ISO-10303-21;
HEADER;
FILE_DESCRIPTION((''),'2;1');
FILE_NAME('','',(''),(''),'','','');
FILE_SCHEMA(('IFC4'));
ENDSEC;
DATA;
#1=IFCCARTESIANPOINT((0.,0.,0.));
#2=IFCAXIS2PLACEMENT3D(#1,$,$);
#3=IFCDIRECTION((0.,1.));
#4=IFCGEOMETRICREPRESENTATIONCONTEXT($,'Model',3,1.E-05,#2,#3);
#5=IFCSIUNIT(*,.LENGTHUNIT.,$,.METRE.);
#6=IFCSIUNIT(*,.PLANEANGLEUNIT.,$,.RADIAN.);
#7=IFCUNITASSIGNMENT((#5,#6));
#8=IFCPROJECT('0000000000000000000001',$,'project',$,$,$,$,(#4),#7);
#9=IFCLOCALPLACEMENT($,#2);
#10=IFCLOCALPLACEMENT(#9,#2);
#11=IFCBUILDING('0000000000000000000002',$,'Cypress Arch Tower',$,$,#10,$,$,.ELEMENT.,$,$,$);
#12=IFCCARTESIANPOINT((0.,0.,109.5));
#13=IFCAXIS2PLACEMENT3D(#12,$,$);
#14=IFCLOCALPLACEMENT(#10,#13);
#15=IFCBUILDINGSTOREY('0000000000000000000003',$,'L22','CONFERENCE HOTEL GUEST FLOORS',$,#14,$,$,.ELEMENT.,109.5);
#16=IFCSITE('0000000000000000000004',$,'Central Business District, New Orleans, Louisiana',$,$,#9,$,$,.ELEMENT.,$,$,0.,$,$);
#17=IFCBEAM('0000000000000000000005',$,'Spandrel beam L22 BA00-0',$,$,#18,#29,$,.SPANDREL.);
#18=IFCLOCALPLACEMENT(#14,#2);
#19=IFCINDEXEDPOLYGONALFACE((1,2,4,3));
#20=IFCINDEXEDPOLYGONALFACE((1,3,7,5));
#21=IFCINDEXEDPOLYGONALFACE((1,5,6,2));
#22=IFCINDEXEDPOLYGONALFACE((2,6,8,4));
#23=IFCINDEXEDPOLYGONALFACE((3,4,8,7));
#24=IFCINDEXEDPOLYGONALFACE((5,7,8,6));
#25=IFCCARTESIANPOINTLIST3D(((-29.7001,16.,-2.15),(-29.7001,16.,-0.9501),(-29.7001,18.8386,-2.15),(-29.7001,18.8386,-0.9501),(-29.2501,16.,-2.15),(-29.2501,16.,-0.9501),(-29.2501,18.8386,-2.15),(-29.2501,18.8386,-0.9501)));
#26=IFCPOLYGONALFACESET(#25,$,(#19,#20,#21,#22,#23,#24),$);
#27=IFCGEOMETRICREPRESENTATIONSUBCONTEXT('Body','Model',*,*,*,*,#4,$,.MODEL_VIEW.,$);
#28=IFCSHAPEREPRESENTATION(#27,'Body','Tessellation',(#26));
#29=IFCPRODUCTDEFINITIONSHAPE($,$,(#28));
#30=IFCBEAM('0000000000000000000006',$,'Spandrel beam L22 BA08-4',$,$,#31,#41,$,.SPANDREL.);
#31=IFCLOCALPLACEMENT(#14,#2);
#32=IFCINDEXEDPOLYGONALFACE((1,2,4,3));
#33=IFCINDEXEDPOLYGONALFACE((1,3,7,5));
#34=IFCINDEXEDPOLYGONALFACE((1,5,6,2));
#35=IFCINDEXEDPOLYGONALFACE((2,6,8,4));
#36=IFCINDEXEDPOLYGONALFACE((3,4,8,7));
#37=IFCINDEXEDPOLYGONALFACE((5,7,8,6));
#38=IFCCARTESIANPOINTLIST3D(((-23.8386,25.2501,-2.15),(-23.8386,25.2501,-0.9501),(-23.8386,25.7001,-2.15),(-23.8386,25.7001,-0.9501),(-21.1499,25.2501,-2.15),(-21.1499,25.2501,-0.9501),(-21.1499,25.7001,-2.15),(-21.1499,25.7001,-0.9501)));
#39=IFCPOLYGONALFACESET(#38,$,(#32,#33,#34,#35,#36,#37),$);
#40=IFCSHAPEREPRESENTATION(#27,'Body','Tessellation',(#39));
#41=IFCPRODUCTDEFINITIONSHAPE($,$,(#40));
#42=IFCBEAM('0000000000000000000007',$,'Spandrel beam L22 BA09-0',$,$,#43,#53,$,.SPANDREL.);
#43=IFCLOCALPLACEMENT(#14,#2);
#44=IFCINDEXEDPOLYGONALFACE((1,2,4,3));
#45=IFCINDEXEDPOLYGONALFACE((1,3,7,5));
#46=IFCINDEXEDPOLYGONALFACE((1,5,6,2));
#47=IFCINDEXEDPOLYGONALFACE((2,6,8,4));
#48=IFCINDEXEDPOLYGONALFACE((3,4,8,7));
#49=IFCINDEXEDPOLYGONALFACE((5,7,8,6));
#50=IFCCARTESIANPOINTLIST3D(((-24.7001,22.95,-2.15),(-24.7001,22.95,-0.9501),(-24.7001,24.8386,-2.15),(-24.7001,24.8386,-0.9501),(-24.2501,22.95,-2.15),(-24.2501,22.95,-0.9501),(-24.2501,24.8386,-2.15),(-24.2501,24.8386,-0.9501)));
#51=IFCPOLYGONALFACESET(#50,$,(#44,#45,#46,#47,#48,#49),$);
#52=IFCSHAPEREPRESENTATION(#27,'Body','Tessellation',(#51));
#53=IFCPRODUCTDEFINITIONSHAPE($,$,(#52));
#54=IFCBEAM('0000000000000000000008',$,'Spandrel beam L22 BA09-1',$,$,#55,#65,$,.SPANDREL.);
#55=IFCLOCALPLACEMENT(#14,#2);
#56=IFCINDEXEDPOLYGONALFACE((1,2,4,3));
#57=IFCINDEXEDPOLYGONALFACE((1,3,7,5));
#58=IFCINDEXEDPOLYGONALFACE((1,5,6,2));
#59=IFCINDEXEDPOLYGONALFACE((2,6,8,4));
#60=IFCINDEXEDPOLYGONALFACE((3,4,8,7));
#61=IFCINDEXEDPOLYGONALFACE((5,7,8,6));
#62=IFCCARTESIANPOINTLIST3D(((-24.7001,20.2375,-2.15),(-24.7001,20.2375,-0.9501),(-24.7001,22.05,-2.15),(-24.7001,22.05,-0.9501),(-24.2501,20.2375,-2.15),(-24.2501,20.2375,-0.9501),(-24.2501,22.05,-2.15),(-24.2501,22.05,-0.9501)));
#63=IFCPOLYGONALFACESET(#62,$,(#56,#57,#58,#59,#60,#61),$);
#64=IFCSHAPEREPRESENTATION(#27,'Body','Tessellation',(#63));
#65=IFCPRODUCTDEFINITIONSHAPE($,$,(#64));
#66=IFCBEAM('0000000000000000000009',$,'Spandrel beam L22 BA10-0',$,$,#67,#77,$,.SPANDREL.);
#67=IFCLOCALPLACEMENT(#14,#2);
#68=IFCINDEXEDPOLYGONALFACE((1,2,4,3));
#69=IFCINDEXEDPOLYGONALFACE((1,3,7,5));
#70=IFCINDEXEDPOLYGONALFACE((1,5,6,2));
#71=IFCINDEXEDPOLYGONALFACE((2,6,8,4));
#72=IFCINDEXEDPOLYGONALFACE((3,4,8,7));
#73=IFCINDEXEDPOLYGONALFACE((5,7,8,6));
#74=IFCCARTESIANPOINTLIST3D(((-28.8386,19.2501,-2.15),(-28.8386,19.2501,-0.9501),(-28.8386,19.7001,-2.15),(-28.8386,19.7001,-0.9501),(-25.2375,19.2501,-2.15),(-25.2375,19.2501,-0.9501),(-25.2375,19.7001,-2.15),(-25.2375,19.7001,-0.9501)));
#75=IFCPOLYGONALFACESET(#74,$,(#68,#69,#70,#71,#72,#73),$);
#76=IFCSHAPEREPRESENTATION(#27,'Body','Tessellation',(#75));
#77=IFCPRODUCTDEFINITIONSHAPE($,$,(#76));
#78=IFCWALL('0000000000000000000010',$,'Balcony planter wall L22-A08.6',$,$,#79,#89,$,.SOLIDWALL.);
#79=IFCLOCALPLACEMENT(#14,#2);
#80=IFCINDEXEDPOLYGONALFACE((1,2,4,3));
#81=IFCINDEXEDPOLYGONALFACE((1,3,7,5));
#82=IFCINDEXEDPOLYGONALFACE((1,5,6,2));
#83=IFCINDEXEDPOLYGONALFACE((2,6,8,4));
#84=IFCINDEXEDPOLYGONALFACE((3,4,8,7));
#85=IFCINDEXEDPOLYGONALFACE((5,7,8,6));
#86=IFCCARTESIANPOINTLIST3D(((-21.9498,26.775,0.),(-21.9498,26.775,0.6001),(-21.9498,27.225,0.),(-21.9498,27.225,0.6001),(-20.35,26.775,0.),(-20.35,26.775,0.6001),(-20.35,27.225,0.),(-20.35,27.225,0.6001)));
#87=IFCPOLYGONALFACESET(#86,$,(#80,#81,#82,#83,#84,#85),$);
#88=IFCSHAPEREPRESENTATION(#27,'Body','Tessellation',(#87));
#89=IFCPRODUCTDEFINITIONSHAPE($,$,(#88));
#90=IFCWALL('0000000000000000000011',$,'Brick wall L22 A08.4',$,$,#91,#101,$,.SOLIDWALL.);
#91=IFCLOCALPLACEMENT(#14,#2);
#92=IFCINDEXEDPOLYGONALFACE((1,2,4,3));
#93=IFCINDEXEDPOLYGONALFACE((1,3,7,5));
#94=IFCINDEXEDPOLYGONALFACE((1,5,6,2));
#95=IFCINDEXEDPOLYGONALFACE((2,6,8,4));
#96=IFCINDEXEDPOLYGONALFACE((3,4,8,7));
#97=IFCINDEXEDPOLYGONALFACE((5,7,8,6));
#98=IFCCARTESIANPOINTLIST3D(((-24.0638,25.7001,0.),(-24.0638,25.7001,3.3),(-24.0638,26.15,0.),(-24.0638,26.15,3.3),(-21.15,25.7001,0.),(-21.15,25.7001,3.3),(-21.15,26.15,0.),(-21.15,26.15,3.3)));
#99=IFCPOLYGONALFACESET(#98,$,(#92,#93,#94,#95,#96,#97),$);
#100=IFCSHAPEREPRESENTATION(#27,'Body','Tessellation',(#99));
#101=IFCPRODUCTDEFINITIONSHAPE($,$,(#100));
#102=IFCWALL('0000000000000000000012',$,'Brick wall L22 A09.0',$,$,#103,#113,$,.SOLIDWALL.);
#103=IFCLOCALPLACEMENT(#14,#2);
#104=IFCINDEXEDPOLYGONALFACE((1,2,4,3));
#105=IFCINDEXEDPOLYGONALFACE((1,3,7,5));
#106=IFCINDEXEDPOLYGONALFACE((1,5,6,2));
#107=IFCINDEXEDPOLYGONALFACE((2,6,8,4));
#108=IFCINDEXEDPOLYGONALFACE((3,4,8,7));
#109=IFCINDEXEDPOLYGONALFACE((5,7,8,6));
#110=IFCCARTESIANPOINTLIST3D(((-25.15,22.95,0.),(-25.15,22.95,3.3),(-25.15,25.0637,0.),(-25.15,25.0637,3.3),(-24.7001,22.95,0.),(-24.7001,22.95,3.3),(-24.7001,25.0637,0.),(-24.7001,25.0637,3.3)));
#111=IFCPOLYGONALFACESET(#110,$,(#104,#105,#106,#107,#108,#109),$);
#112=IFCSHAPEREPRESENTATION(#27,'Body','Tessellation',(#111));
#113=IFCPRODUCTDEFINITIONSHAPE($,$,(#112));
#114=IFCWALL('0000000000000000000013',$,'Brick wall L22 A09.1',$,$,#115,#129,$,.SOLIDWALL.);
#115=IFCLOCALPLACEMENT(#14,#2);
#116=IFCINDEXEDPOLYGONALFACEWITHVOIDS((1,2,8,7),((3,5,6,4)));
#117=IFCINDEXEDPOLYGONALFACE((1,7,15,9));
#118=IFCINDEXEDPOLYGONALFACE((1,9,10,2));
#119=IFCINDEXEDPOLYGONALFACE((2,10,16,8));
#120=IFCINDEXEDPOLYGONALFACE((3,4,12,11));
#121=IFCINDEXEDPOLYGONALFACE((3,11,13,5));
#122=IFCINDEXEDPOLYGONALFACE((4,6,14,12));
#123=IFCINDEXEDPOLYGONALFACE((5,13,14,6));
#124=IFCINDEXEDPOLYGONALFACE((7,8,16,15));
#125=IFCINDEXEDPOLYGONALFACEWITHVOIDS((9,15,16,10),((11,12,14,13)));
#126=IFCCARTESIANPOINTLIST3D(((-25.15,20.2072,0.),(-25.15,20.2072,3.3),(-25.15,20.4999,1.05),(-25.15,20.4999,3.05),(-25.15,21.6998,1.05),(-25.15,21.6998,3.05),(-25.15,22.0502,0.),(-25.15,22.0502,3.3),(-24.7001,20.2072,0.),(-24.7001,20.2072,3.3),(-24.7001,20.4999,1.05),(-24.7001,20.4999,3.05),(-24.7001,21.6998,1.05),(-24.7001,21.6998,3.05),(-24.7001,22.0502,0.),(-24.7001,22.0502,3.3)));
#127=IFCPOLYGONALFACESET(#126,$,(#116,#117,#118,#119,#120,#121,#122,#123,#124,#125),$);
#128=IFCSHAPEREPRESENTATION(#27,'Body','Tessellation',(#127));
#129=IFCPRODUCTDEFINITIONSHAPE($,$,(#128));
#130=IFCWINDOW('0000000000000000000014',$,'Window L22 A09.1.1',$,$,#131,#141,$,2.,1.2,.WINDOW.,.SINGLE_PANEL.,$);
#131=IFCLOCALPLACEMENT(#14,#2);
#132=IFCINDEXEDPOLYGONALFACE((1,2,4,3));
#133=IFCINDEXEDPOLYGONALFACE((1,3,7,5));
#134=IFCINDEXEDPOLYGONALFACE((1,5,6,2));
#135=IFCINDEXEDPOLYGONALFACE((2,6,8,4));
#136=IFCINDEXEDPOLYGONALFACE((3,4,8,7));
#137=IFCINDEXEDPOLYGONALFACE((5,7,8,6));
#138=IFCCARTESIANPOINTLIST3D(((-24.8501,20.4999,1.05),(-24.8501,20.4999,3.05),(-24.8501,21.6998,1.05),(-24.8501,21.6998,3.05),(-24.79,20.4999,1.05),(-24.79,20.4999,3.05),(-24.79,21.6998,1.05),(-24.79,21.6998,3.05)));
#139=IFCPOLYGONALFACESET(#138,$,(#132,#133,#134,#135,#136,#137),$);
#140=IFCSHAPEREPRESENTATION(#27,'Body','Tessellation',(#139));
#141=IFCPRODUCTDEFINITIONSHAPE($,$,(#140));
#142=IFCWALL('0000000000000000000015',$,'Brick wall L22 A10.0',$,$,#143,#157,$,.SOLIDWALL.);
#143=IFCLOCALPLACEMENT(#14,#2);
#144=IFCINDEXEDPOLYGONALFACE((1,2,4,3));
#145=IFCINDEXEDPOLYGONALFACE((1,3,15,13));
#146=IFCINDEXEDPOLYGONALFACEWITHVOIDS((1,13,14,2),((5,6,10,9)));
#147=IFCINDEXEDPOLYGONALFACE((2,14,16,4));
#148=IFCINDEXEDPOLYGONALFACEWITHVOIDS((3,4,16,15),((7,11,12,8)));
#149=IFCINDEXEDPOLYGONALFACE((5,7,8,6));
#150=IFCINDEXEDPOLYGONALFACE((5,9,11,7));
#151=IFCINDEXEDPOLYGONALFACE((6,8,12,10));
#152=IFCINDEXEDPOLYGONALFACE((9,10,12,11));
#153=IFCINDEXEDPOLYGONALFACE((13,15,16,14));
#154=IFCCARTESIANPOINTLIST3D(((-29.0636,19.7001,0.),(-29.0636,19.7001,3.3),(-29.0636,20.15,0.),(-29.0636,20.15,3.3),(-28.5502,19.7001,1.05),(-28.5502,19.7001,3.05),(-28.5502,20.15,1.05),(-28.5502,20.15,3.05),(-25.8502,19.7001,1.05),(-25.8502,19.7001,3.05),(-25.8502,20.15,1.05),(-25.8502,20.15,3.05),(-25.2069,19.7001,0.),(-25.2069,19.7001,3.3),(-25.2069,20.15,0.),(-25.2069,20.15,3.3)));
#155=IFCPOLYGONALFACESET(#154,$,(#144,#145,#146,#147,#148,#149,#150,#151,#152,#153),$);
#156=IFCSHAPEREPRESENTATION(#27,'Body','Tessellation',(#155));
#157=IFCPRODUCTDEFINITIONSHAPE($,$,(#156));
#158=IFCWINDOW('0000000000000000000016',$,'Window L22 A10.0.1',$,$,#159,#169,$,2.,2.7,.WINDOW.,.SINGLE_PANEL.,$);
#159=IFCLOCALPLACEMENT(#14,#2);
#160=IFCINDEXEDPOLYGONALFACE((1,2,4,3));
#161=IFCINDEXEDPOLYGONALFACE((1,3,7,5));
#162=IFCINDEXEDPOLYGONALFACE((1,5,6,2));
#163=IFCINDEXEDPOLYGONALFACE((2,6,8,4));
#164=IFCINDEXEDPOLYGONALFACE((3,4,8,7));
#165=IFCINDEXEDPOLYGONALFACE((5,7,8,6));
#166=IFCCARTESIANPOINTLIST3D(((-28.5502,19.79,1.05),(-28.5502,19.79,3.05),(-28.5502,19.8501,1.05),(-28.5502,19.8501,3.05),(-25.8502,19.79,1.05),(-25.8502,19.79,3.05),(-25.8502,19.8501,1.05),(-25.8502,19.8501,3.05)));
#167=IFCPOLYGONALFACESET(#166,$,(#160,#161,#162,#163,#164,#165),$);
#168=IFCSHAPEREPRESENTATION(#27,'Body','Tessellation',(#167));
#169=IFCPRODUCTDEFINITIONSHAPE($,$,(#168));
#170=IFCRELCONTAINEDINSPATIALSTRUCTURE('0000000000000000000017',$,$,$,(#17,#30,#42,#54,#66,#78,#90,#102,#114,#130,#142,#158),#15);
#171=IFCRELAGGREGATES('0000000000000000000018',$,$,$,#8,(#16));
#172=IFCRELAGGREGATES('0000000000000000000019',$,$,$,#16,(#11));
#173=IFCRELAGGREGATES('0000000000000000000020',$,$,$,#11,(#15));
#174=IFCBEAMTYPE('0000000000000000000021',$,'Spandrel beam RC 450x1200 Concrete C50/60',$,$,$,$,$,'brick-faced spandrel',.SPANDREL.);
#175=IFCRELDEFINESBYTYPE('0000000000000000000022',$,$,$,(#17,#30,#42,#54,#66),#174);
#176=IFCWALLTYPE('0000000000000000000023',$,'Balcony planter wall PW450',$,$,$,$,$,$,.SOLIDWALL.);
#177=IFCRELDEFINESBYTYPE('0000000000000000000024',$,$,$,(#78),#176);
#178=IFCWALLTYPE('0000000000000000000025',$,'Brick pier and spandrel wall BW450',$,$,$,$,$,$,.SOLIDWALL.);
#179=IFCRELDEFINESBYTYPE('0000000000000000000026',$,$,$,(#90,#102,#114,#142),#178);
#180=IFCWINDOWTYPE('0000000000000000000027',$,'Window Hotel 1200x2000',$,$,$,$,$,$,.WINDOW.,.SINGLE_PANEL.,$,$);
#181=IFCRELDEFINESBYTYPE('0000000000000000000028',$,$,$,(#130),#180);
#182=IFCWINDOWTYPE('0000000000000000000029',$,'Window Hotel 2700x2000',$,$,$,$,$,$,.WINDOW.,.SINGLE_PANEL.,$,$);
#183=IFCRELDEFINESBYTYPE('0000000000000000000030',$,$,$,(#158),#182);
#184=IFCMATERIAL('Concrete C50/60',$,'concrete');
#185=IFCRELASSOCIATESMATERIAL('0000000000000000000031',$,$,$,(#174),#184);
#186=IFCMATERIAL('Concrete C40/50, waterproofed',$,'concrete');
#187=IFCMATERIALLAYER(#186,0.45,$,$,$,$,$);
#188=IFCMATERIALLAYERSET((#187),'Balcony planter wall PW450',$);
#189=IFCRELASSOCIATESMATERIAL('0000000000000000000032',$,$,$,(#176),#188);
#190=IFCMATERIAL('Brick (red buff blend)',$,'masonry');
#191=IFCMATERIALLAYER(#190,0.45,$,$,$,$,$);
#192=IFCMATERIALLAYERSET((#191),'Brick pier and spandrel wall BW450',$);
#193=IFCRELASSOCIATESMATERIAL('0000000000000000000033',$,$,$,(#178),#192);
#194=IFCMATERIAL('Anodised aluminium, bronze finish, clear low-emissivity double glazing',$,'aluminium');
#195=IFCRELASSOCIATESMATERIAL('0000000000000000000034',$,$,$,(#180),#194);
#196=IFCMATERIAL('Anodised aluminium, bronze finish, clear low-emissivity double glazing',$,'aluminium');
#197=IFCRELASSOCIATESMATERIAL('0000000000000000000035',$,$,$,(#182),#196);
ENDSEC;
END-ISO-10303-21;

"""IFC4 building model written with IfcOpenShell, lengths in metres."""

from ifc_helpers import new_model, si_unit, direction, frame, frame_2d, origin, origin_2d, place, context, subcontext, project, spatial, rectangle, extrude, material, layer, layer_set, material_profile, profile_set, type_object, element, fill, save


model = new_model("IFC4")

# Units and contexts
model_context = context("Model", 3, precision=1e-05, world=origin(), true_north=direction((0.0, 1.0)))
body_context = subcontext(model_context, "Body", "Model", "MODEL_VIEW")
ifc_project = project(units=[si_unit("LENGTHUNIT", "METRE"), si_unit("PLANEANGLEUNIT", "RADIAN")], contexts=[model_context])

# Site, building, storey
site_placement = place(None, origin())
site = spatial("IfcSite", under=ifc_project, at=site_placement, Name="Central Business District, New Orleans, Louisiana", CompositionType="ELEMENT", RefElevation=0.0)
building_placement = place(site_placement, origin())
building = spatial("IfcBuilding", under=site, at=building_placement, Name="Cypress Arch Tower", CompositionType="ELEMENT")
storey_placement = place(building_placement, frame((0.0, 0.0, 109.5)))
storey = spatial("IfcBuildingStorey", under=building, at=storey_placement, Name="L22", Description="CONFERENCE HOTEL GUEST FLOORS", CompositionType="ELEMENT", Elevation=109.5)

# Beams
ifc_material_1 = material(Name="Concrete C50/60", Category="concrete")
ifc_material_profile_1 = material_profile(ifc_material_1, rectangle(XDim=0.45, YDim=1.2, at=origin_2d()), Name="RC 450x1200")
ifc_profile_set_1 = profile_set([ifc_material_profile_1], Name="Concrete C50/60")
beam_type_1 = type_object("IfcBeamType", Name="Spandrel beam RC 450x1200 Concrete C50/60", ElementType="brick-faced spandrel", PredefinedType="SPANDREL", material=ifc_profile_set_1)
beam_1_placement = place(storey_placement, frame((-29.4751, 18.8386, -1.55), z_axis=(0.0, -1.0, 0.0), x_axis=(1.0, 0.0, 0.0)))
element("IfcBeam", 1, at=beam_1_placement, inside=storey, type_object=beam_type_1, Name="Spandrel beam L22 BA00-0", PredefinedType="SPANDREL", context=body_context, shape_type="SweptSolid", body=[
    extrude(rectangle(XDim=0.45, YDim=1.2, at=origin_2d()), origin(), (0.0, 0.0, 1.0), 2.8386),
])
beam_2_placement = place(storey_placement, frame((-21.1499, 25.4751, -1.55), z_axis=(-1.0, 0.0, 0.0), x_axis=(0.0, -1.0, 0.0)))
element("IfcBeam", 2, at=beam_2_placement, inside=storey, type_object=beam_type_1, Name="Spandrel beam L22 BA08-4", PredefinedType="SPANDREL", context=body_context, shape_type="SweptSolid", body=[
    extrude(rectangle(XDim=0.45, YDim=1.2, at=origin_2d()), origin(), (0.0, 0.0, 1.0), 2.6887),
])
beam_3_placement = place(storey_placement, frame((-24.4751, 24.8386, -1.55), z_axis=(0.0, -1.0, 0.0), x_axis=(1.0, 0.0, 0.0)))
element("IfcBeam", 3, at=beam_3_placement, inside=storey, type_object=beam_type_1, Name="Spandrel beam L22 BA09-0", PredefinedType="SPANDREL", context=body_context, shape_type="SweptSolid", body=[
    extrude(rectangle(XDim=0.45, YDim=1.2, at=origin_2d()), origin(), (0.0, 0.0, 1.0), 1.8887),
])
beam_4_placement = place(storey_placement, frame((-24.4751, 22.05, -1.55), z_axis=(0.0, -1.0, 0.0), x_axis=(1.0, 0.0, 0.0)))
element("IfcBeam", 4, at=beam_4_placement, inside=storey, type_object=beam_type_1, Name="Spandrel beam L22 BA09-1", PredefinedType="SPANDREL", context=body_context, shape_type="SweptSolid", body=[
    extrude(rectangle(XDim=0.45, YDim=1.2, at=origin_2d()), origin(), (0.0, 0.0, 1.0), 1.8125),
])
beam_5_placement = place(storey_placement, frame((-25.2375, 19.4751, -1.55), z_axis=(-1.0, 0.0, 0.0), x_axis=(0.0, -1.0, 0.0)))
element("IfcBeam", 5, at=beam_5_placement, inside=storey, type_object=beam_type_1, Name="Spandrel beam L22 BA10-0", PredefinedType="SPANDREL", context=body_context, shape_type="SweptSolid", body=[
    extrude(rectangle(XDim=0.45, YDim=1.2, at=origin_2d()), origin(), (0.0, 0.0, 1.0), 3.6011),
])

# Wall
ifc_material_2 = material(Name="Concrete C40/50, waterproofed", Category="concrete")
ifc_layer_1 = layer(ifc_material_2, 0.45)
ifc_layer_set_1 = layer_set([ifc_layer_1], Name="Balcony planter wall PW450")
wall_type_1 = type_object("IfcWallType", Name="Balcony planter wall PW450", PredefinedType="SOLIDWALL", material=ifc_layer_set_1)
wall_1_placement = place(storey_placement, frame((-20.3501, 27.0, 0.0), z_axis=(0.0, 0.0, 1.0), x_axis=(-1.0, 0.0, 0.0)))
element("IfcWall", 6, at=wall_1_placement, inside=storey, type_object=wall_type_1, Name="Balcony planter wall L22-A08.6", PredefinedType="SOLIDWALL", context=body_context, shape_type="SweptSolid", body=[
    extrude(rectangle(XDim=1.5999, YDim=0.45, at=frame_2d((0.7998, 0.0))), origin(), (0.0, 0.0, 1.0), 0.6001),
])

# Shared definitions
ifc_material_3 = material(Name="Brick (red buff blend)", Category="masonry")
ifc_layer_2 = layer(ifc_material_3, 0.45)
ifc_layer_set_2 = layer_set([ifc_layer_2], Name="Brick pier and spandrel wall BW450")
wall_type_2 = type_object("IfcWallType", Name="Brick pier and spandrel wall BW450", PredefinedType="SOLIDWALL", material=ifc_layer_set_2)

# Walls
wall_2_placement = place(storey_placement, frame((-21.1499, 25.925, 0.0), z_axis=(0.0, 0.0, 1.0), x_axis=(-1.0, 0.0, 0.0)))
element("IfcWall", 7, at=wall_2_placement, inside=storey, type_object=wall_type_2, Name="Brick wall L22 A08.4", PredefinedType="SOLIDWALL", context=body_context, shape_type="SweptSolid", body=[
    extrude(rectangle(XDim=2.9138, YDim=0.45, at=frame_2d((1.457, 0.0))), origin(), (0.0, 0.0, 1.0), 3.3),
])
wall_3_placement = place(storey_placement, frame((-24.925, 25.0637, 0.0), z_axis=(0.0, 0.0, 1.0), x_axis=(0.0, -1.0, 0.0)))
element("IfcWall", 8, at=wall_3_placement, inside=storey, type_object=wall_type_2, Name="Brick wall L22 A09.0", PredefinedType="SOLIDWALL", context=body_context, shape_type="SweptSolid", body=[
    extrude(rectangle(XDim=2.1138, YDim=0.45, at=frame_2d((1.0569, 0.0))), origin(), (0.0, 0.0, 1.0), 3.3),
])

# Walls, openings, windows
wall_4_placement = place(storey_placement, frame((-24.925, 22.05, 0.0), z_axis=(0.0, 0.0, 1.0), x_axis=(0.0, -1.0, 0.0)))
wall_4 = element("IfcWall", 9, at=wall_4_placement, inside=storey, type_object=wall_type_2, Name="Brick wall L22 A09.1", PredefinedType="SOLIDWALL", context=body_context, shape_type="SweptSolid", body=[
    extrude(rectangle(XDim=1.843, YDim=0.45, at=frame_2d((0.9214, 0.0))), origin(), (0.0, 0.0, 1.0), 3.3),
])
opening_1_placement = place(wall_4_placement, frame((0.3501, 0.0, 1.05)))
opening_1 = element("IfcOpeningElement", 10, at=opening_1_placement, cuts=wall_4, PredefinedType="OPENING", context=body_context, shape_type="SweptSolid", body=[
    extrude(rectangle(XDim=1.2, YDim=2.0, at=frame_2d((0.6001, 1.0))), frame((0.0, 0.2349, 0.0), z_axis=(0.0, -1.0, 0.0), x_axis=(1.0, 0.0, 0.0)), (0.0, 0.0, 1.0), 0.47),
])
ifc_material_4 = material(Name="Anodised aluminium, bronze finish, clear low-emissivity double glazing", Category="aluminium")
window_type_1 = type_object("IfcWindowType", Name="Window Hotel 1200x2000", PartitioningType="SINGLE_PANEL", PredefinedType="WINDOW", material=ifc_material_4)
window_1_placement = place(opening_1_placement, origin())
window_1 = element("IfcWindow", 11, at=window_1_placement, inside=storey, type_object=window_type_1, Name="Window L22 A09.1.1", OverallHeight=2.0, OverallWidth=1.2, PartitioningType="SINGLE_PANEL", PredefinedType="WINDOW", context=body_context, shape_type="SweptSolid", body=[
    extrude(rectangle(XDim=1.2, YDim=2.0, at=frame_2d((0.6001, 1.0))), frame((0.0, 0.135, 0.0), z_axis=(0.0, -1.0, 0.0), x_axis=(1.0, 0.0, 0.0)), (0.0, 0.0, 1.0), 0.0601),
])
fill(opening_1, window_1)
wall_5_placement = place(storey_placement, frame((-25.207, 19.925, 0.0), z_axis=(0.0, 0.0, 1.0), x_axis=(-1.0, 0.0, 0.0)))
wall_5 = element("IfcWall", 12, at=wall_5_placement, inside=storey, type_object=wall_type_2, Name="Brick wall L22 A10.0", PredefinedType="SOLIDWALL", context=body_context, shape_type="SweptSolid", body=[
    extrude(rectangle(XDim=3.8567, YDim=0.45, at=frame_2d((1.9282, 0.0))), origin(), (0.0, 0.0, 1.0), 3.3),
])
opening_2_placement = place(wall_5_placement, frame((0.6431, 0.0, 1.05)))
opening_2 = element("IfcOpeningElement", 13, at=opening_2_placement, cuts=wall_5, PredefinedType="OPENING", context=body_context, shape_type="SweptSolid", body=[
    extrude(rectangle(XDim=2.7, YDim=2.0, at=frame_2d((1.3501, 1.0))), frame((0.0, 0.2349, 0.0), z_axis=(0.0, -1.0, 0.0), x_axis=(1.0, 0.0, 0.0)), (0.0, 0.0, 1.0), 0.47),
])
ifc_material_5 = material(Name="Anodised aluminium, bronze finish, clear low-emissivity double glazing", Category="aluminium")
window_type_2 = type_object("IfcWindowType", Name="Window Hotel 2700x2000", PartitioningType="SINGLE_PANEL", PredefinedType="WINDOW", material=ifc_material_5)
window_2_placement = place(opening_2_placement, origin())
window_2 = element("IfcWindow", 14, at=window_2_placement, inside=storey, type_object=window_type_2, Name="Window L22 A10.0.1", OverallHeight=2.0, OverallWidth=2.7, PartitioningType="SINGLE_PANEL", PredefinedType="WINDOW", context=body_context, shape_type="SweptSolid", body=[
    extrude(rectangle(XDim=2.7, YDim=2.0, at=frame_2d((1.3501, 1.0))), frame((0.0, 0.135, 0.0), z_axis=(0.0, -1.0, 0.0), x_axis=(1.0, 0.0, 0.0)), (0.0, 0.0, 1.0), 0.0601),
])
fill(opening_2, window_2)

save(model, "model.ifc")
